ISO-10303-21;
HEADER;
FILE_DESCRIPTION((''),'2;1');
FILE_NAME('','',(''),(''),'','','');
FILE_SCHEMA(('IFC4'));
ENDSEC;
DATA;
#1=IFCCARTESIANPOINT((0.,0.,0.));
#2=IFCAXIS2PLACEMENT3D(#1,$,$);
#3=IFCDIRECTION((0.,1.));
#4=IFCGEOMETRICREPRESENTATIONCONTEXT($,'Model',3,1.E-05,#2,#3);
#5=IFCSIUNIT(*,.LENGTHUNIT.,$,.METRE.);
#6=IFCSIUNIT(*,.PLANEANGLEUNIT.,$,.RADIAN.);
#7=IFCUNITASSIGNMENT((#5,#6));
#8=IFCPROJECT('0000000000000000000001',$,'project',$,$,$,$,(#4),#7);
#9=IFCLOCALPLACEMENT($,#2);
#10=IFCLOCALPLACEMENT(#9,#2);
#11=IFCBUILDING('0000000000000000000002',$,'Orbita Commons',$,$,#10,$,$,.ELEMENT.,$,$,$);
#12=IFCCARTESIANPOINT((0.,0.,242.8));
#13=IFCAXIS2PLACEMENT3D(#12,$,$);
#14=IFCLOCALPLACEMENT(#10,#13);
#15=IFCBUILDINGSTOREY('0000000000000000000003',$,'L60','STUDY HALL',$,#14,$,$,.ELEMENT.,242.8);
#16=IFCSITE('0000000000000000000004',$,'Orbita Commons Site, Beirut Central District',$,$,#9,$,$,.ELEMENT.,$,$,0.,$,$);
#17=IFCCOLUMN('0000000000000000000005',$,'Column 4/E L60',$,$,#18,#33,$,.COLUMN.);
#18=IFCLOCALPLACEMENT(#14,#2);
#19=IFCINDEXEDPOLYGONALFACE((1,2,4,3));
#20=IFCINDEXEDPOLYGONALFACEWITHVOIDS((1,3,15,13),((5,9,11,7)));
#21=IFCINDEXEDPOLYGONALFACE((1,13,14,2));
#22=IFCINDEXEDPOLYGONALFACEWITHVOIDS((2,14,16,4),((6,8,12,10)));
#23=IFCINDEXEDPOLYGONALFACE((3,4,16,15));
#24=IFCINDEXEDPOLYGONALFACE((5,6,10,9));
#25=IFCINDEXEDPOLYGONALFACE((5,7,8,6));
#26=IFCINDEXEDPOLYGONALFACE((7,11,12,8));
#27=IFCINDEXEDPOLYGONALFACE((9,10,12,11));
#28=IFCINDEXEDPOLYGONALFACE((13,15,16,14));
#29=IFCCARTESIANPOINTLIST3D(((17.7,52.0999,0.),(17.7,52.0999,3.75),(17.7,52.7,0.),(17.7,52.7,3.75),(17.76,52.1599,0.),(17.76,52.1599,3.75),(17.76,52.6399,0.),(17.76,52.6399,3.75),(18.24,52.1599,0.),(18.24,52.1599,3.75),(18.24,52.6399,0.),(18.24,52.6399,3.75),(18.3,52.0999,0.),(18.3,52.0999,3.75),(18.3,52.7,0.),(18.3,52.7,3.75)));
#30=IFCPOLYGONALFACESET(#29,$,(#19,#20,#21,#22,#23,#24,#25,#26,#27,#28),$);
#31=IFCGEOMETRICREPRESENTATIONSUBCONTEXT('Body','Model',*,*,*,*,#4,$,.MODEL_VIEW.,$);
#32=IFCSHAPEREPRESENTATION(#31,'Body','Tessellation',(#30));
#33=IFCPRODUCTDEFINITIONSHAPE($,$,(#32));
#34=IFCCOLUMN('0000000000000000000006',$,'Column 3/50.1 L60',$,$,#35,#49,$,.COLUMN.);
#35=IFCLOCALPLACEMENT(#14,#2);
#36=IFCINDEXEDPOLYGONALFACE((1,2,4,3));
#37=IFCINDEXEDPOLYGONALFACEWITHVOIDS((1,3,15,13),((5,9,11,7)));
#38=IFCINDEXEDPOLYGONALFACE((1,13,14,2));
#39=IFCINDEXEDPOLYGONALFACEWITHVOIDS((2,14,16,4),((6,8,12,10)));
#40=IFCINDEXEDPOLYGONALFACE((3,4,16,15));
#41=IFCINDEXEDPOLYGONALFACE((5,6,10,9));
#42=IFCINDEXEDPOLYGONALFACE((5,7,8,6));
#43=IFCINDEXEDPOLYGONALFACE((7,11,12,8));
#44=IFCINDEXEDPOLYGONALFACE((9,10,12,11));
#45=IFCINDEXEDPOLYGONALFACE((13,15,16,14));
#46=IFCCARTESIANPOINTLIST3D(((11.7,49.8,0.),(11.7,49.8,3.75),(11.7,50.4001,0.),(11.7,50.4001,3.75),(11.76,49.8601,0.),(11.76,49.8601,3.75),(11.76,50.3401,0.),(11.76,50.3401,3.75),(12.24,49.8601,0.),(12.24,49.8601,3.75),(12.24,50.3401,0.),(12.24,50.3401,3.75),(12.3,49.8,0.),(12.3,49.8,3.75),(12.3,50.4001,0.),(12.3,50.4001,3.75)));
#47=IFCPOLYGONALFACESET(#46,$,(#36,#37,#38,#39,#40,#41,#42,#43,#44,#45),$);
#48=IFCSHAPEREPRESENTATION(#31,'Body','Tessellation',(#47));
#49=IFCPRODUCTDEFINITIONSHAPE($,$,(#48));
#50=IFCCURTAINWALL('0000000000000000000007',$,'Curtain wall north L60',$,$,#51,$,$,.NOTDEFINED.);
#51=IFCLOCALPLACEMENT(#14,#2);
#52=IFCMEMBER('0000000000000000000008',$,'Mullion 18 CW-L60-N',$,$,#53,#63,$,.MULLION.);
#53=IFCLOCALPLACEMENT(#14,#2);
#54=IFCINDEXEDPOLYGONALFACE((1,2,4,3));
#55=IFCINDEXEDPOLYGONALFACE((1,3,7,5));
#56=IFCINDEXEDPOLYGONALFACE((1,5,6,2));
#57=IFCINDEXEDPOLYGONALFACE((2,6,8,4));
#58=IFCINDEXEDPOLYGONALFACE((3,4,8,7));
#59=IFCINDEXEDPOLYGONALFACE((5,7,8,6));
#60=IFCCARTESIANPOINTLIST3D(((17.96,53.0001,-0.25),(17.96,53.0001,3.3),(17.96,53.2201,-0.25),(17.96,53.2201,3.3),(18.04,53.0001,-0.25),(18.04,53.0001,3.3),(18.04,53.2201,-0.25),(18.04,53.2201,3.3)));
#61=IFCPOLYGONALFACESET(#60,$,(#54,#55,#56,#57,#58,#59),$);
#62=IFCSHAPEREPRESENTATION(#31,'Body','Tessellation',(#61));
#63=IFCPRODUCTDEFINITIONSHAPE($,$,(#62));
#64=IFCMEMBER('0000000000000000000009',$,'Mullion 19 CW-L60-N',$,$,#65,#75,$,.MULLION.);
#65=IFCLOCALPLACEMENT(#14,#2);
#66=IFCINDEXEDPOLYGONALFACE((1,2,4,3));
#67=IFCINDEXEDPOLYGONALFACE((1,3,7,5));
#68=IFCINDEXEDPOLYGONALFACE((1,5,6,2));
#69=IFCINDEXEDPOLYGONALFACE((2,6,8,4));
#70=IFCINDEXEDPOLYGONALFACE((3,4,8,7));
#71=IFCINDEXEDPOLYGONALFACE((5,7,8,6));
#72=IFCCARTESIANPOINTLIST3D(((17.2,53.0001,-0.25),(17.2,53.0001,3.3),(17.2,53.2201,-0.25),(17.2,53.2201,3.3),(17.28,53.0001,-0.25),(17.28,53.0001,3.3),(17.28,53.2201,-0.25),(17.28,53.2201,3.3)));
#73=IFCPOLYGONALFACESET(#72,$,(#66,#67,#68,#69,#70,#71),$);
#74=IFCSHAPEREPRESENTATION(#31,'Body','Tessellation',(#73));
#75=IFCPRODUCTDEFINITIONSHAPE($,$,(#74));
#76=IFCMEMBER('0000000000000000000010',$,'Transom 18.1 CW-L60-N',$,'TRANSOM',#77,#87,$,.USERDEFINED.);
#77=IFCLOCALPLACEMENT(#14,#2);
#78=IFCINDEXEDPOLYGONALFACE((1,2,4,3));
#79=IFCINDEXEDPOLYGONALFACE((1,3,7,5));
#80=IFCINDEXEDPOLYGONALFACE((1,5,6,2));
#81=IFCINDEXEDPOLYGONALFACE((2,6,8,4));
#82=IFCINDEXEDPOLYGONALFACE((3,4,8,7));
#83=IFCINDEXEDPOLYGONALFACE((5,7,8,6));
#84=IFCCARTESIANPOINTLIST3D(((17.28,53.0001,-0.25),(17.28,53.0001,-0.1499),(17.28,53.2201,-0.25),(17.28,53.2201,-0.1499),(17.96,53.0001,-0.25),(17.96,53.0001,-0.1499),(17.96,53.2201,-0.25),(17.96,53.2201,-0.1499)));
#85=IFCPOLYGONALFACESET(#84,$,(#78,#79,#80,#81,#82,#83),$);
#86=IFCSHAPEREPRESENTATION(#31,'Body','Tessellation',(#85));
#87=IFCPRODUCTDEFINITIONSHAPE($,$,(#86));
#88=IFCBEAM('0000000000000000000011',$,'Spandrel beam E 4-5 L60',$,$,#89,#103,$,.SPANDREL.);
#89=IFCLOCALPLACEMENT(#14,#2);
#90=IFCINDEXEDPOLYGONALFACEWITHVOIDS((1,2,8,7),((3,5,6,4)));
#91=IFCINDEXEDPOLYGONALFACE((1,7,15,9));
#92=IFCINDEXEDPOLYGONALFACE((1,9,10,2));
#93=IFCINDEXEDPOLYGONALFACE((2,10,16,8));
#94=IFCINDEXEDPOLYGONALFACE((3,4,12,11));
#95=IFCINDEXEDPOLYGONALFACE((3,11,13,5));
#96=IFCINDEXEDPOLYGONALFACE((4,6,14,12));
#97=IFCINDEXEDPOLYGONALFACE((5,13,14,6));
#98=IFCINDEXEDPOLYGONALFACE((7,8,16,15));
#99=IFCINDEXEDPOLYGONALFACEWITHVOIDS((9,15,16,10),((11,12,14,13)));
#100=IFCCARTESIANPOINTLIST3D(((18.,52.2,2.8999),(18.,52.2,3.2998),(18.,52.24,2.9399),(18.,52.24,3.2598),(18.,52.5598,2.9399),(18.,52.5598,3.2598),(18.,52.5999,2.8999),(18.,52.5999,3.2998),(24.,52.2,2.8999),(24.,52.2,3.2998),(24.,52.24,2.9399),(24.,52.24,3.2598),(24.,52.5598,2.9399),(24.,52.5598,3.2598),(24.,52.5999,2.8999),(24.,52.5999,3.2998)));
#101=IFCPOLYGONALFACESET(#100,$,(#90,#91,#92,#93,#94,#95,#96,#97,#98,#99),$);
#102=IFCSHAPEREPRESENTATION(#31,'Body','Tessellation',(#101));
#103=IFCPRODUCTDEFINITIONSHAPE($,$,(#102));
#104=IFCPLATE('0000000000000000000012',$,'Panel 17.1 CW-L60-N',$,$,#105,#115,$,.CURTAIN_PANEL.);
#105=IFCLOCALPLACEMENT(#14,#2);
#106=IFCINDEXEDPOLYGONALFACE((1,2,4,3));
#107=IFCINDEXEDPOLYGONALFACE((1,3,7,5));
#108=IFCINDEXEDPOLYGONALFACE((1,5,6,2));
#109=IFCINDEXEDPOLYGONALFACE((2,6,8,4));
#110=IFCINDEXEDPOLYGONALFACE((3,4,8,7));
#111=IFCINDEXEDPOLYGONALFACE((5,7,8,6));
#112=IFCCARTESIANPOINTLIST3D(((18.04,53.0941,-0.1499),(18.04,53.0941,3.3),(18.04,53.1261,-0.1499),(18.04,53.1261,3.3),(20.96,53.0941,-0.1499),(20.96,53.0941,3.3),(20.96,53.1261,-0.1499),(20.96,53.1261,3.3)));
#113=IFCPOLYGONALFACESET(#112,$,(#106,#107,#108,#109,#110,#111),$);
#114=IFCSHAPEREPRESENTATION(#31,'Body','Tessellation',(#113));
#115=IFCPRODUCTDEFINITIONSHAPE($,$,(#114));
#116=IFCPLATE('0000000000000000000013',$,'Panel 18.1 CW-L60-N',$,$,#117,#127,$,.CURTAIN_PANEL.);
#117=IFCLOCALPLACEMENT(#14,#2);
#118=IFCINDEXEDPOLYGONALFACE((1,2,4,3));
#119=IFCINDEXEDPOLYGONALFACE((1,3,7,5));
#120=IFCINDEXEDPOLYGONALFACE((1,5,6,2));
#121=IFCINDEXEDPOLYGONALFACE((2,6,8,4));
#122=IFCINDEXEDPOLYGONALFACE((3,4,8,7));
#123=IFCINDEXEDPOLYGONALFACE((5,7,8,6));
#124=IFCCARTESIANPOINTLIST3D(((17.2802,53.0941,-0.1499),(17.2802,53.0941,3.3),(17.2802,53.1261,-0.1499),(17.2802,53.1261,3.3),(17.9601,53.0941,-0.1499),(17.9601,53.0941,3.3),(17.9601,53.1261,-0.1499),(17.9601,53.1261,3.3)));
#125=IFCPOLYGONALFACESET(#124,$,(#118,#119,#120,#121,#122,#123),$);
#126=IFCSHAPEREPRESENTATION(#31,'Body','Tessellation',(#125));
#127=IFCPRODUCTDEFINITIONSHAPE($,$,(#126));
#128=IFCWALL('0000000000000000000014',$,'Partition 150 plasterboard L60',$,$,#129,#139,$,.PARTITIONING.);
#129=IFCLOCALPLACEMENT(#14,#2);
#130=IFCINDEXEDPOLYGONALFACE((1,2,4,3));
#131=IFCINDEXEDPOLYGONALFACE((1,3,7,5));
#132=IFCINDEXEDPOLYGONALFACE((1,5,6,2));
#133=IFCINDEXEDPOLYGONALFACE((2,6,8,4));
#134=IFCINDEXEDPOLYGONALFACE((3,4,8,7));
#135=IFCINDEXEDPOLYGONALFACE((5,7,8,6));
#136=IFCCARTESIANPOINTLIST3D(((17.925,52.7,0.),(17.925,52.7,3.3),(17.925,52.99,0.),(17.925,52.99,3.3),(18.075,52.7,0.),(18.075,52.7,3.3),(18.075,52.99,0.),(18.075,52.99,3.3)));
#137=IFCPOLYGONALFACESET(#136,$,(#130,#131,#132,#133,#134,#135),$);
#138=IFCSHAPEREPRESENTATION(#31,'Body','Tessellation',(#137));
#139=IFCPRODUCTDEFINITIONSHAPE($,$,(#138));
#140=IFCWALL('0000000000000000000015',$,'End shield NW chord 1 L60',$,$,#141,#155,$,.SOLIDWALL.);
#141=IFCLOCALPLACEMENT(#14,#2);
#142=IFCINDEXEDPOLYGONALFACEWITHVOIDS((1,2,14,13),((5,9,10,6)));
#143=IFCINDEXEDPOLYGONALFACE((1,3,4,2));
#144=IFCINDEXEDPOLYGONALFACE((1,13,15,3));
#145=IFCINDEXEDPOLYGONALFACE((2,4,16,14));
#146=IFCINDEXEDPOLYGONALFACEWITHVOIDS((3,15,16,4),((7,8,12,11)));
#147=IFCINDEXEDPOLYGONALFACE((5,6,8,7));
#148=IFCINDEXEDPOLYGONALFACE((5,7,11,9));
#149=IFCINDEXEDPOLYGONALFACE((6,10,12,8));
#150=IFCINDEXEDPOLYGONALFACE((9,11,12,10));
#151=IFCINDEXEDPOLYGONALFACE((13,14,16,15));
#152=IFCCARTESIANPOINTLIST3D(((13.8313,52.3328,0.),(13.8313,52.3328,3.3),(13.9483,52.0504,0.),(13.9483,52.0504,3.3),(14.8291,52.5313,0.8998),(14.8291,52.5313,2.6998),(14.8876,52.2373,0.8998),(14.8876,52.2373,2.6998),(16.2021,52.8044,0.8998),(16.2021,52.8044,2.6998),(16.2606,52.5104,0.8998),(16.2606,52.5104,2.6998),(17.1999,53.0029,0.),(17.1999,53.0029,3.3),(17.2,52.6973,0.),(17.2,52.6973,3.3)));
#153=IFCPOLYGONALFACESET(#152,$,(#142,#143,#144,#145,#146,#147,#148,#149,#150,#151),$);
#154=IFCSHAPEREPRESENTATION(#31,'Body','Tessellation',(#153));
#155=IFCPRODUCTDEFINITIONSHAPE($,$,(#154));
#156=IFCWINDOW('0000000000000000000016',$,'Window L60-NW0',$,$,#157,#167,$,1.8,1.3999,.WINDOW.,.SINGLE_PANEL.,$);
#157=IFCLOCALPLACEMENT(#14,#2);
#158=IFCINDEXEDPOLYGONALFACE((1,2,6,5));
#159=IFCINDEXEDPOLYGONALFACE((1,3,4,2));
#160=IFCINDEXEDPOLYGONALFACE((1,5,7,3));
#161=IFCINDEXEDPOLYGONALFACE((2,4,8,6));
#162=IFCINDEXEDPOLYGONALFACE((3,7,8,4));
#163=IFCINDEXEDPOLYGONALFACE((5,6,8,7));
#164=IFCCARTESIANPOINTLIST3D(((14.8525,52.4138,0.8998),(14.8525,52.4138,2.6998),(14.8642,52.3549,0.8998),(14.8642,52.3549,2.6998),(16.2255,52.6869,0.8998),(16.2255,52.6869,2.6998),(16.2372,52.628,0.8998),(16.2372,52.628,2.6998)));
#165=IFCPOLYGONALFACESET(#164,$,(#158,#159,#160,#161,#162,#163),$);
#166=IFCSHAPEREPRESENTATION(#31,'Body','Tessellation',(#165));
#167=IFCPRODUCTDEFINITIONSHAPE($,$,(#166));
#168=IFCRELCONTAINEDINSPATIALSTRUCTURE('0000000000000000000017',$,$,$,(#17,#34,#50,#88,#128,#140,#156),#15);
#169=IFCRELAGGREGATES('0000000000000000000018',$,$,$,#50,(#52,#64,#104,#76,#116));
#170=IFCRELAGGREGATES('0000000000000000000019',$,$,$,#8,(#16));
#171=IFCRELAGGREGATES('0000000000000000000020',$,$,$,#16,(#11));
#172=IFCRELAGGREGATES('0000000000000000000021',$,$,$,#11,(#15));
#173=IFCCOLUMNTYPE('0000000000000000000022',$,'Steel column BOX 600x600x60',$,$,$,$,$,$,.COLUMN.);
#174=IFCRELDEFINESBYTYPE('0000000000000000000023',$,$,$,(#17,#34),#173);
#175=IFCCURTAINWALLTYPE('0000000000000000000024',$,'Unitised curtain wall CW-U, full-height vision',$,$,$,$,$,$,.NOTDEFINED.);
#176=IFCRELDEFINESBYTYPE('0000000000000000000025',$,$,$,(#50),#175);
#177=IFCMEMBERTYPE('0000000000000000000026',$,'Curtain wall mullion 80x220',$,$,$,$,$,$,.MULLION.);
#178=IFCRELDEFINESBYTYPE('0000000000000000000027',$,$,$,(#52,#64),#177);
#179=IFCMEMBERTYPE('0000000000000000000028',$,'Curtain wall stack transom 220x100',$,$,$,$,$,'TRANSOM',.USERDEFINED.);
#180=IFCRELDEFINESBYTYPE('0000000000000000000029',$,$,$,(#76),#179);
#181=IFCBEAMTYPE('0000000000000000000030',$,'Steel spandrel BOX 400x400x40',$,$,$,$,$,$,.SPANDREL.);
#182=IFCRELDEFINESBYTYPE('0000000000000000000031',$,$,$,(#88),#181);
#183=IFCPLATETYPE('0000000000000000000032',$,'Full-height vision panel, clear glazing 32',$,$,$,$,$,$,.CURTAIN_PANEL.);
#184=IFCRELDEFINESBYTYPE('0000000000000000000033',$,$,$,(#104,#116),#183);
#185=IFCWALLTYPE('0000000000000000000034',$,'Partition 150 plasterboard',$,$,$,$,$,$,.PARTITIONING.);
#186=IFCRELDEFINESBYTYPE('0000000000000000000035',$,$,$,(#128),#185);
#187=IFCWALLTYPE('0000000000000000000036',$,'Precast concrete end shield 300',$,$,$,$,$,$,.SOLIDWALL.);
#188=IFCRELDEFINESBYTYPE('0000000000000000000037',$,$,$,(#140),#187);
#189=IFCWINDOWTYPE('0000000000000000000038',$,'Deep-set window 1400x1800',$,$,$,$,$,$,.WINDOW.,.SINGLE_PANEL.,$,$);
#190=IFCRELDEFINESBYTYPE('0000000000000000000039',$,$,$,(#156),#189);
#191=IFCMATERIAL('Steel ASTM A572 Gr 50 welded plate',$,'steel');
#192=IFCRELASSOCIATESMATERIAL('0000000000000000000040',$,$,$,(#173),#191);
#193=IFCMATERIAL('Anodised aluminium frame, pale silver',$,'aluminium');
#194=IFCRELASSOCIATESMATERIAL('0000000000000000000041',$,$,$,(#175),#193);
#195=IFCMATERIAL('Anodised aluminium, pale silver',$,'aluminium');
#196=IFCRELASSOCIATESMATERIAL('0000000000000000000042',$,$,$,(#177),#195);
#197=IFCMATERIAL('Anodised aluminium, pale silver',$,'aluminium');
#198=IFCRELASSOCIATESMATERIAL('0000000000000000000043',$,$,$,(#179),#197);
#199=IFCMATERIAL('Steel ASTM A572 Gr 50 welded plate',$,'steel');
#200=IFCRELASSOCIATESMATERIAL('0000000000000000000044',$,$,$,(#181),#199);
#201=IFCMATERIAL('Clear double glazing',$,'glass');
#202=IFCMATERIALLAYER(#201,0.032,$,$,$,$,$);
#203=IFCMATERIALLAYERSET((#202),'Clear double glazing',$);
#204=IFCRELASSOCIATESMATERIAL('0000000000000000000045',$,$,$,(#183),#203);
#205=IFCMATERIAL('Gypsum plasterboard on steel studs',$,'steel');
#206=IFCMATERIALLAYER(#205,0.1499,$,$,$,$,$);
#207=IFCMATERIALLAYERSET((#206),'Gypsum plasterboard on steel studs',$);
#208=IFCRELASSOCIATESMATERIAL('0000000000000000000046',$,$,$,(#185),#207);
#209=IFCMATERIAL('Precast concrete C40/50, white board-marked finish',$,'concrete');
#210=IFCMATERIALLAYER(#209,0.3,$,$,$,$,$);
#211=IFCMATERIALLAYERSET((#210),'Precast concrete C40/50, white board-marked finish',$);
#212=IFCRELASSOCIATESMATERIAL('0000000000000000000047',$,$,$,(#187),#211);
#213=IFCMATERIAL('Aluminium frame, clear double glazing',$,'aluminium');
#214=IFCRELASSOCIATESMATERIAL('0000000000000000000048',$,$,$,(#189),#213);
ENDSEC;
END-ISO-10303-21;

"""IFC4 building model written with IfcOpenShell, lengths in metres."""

from ifc_helpers import new_model, si_unit, direction, frame, frame_2d, origin, origin_2d, place, context, subcontext, project, spatial, polyline, rectangle, hollow_rectangle, outline, extrude, material, layer, layer_set, material_profile, profile_set, type_object, element, fill, aggregate, save


model = new_model("IFC4")

# Units and contexts
model_context = context("Model", 3, precision=1e-05, world=origin(), true_north=direction((0.0, 1.0)))
body_context = subcontext(model_context, "Body", "Model", "MODEL_VIEW")
ifc_project = project(units=[si_unit("LENGTHUNIT", "METRE"), si_unit("PLANEANGLEUNIT", "RADIAN")], contexts=[model_context])

# Site, building, storey
site_placement = place(None, origin())
site = spatial("IfcSite", under=ifc_project, at=site_placement, Name="Orbita Commons Site, Beirut Central District", CompositionType="ELEMENT", RefElevation=0.0)
building_placement = place(site_placement, origin())
building = spatial("IfcBuilding", under=site, at=building_placement, Name="Orbita Commons", CompositionType="ELEMENT")
storey_placement = place(building_placement, frame((0.0, 0.0, 242.8)))
storey = spatial("IfcBuildingStorey", under=building, at=storey_placement, Name="L60", Description="STUDY HALL", CompositionType="ELEMENT", Elevation=242.8)

# Columns
ifc_material_1 = material(Name="Steel ASTM A572 Gr 50 welded plate", Category="steel")
ifc_material_profile_1 = material_profile(ifc_material_1, hollow_rectangle(XDim=0.6001, YDim=0.6001, WallThickness=0.0601, at=origin_2d()), Name="BOX 600x600x60")
ifc_profile_set_1 = profile_set([ifc_material_profile_1], Name="Steel ASTM A572 Gr 50 welded plate")
column_type = type_object("IfcColumnType", Name="Steel column BOX 600x600x60", PredefinedType="COLUMN", material=ifc_profile_set_1)
for number, where, z_axis, x_axis, name in (
    (1, (18.0, 52.3999, 0.0), (0.0, 0.0, 1.0), (1.0, 0.0, 0.0), "Column 4/E L60"),
    (2, (12.0, 50.1001, 0.0), (0.0, 0.0, 1.0), (1.0, 0.0, 0.0), "Column 3/50.1 L60"),
):
    element("IfcColumn", number, at=place(storey_placement, frame(where, z_axis=z_axis, x_axis=x_axis)), inside=storey, type_object=column_type, Name=name, PredefinedType="COLUMN", context=body_context, shape_type="SweptSolid", body=[
        extrude(hollow_rectangle(XDim=0.6001, YDim=0.6001, WallThickness=0.0601, at=origin_2d()), origin(), (0.0, 0.0, 1.0), 3.75),
    ])

# Curtain wall, members
ifc_material_2 = material(Name="Anodised aluminium frame, pale silver", Category="aluminium")
curtain_wall_type = type_object("IfcCurtainWallType", Name="Unitised curtain wall CW-U, full-height vision", PredefinedType="NOTDEFINED", material=ifc_material_2)
curtain_wall_placement = place(storey_placement, origin())
curtain_wall = element("IfcCurtainWall", 3, at=curtain_wall_placement, inside=storey, type_object=curtain_wall_type, Name="Curtain wall north L60", PredefinedType="NOTDEFINED")
ifc_material_3 = material(Name="Anodised aluminium, pale silver", Category="aluminium")
ifc_material_profile_2 = material_profile(ifc_material_3, rectangle(XDim=0.0801, YDim=0.22, at=origin_2d()), Name="AL 80x220")
ifc_profile_set_2 = profile_set([ifc_material_profile_2], Name="Anodised aluminium, pale silver")
member_type_1 = type_object("IfcMemberType", Name="Curtain wall mullion 80x220", PredefinedType="MULLION", material=ifc_profile_set_2)
member_1_placement = place(storey_placement, frame((18.0, 53.1101, -0.25), z_axis=(0.0, 0.0, 1.0), x_axis=(-1.0, 0.0, 0.0)))
member_1 = element("IfcMember", 4, at=member_1_placement, type_object=member_type_1, Name="Mullion 18 CW-L60-N", PredefinedType="MULLION", context=body_context, shape_type="SweptSolid", body=[
    extrude(rectangle(XDim=0.0801, YDim=0.22, at=origin_2d()), origin(), (0.0, 0.0, 1.0), 3.55),
])
member_2_placement = place(storey_placement, frame((17.24, 53.1101, -0.25), z_axis=(0.0, 0.0, 1.0), x_axis=(-1.0, 0.0, 0.0)))
member_2 = element("IfcMember", 5, at=member_2_placement, type_object=member_type_1, Name="Mullion 19 CW-L60-N", PredefinedType="MULLION", context=body_context, shape_type="SweptSolid", body=[
    extrude(rectangle(XDim=0.0801, YDim=0.22, at=origin_2d()), origin(), (0.0, 0.0, 1.0), 3.55),
])
ifc_material_4 = material(Name="Anodised aluminium, pale silver", Category="aluminium")
ifc_material_profile_3 = material_profile(ifc_material_4, rectangle(XDim=0.22, YDim=0.1001, at=origin_2d()), Name="AL 220x100")
ifc_profile_set_3 = profile_set([ifc_material_profile_3], Name="Anodised aluminium, pale silver")
member_type_2 = type_object("IfcMemberType", Name="Curtain wall stack transom 220x100", ElementType="TRANSOM", PredefinedType="USERDEFINED", material=ifc_profile_set_3)
member_3_placement = place(storey_placement, frame((17.96, 53.1101, -0.2), z_axis=(-1.0, 0.0, 0.0), x_axis=(0.0, -1.0, 0.0)))
member_3 = element("IfcMember", 6, at=member_3_placement, type_object=member_type_2, Name="Transom 18.1 CW-L60-N", ObjectType="TRANSOM", PredefinedType="USERDEFINED", context=body_context, shape_type="SweptSolid", body=[
    extrude(rectangle(XDim=0.22, YDim=0.1001, at=origin_2d()), origin(), (0.0, 0.0, 1.0), 0.6799),
])

# Beam
ifc_material_5 = material(Name="Steel ASTM A572 Gr 50 welded plate", Category="steel")
ifc_material_profile_4 = material_profile(ifc_material_5, hollow_rectangle(XDim=0.3999, YDim=0.3999, WallThickness=0.04, at=origin_2d()), Name="BOX 400x400x40")
ifc_profile_set_4 = profile_set([ifc_material_profile_4], Name="Steel ASTM A572 Gr 50 welded plate")
beam_type = type_object("IfcBeamType", Name="Steel spandrel BOX 400x400x40", PredefinedType="SPANDREL", material=ifc_profile_set_4)
beam_placement = place(storey_placement, frame((18.0, 52.3999, 3.0999), z_axis=(1.0, 0.0, 0.0), x_axis=(0.0, 1.0, 0.0)))
element("IfcBeam", 7, at=beam_placement, inside=storey, type_object=beam_type, Name="Spandrel beam E 4-5 L60", PredefinedType="SPANDREL", context=body_context, shape_type="SweptSolid", body=[
    extrude(hollow_rectangle(XDim=0.3999, YDim=0.3999, WallThickness=0.04, at=origin_2d()), origin(), (0.0, 0.0, 1.0), 6.0),
])

# Plates
ifc_material_6 = material(Name="Clear double glazing", Category="glass")
ifc_layer_1 = layer(ifc_material_6, 0.032)
ifc_layer_set_1 = layer_set([ifc_layer_1], Name="Clear double glazing")
plate_type = type_object("IfcPlateType", Name="Full-height vision panel, clear glazing 32", PredefinedType="CURTAIN_PANEL", material=ifc_layer_set_1)
plate_1_placement = place(storey_placement, frame((19.5, 53.1101, -0.1499), z_axis=(0.0, 0.0, 1.0), x_axis=(-1.0, 0.0, 0.0)))
plate_1 = element("IfcPlate", 8, at=plate_1_placement, type_object=plate_type, Name="Panel 17.1 CW-L60-N", PredefinedType="CURTAIN_PANEL", context=body_context, shape_type="SweptSolid", body=[
    extrude(rectangle(XDim=2.9199, YDim=0.032, at=origin_2d()), origin(), (0.0, 0.0, 1.0), 3.45),
])
plate_2_placement = place(storey_placement, frame((17.6201, 53.1101, -0.1499), z_axis=(0.0, 0.0, 1.0), x_axis=(-1.0, 0.0, 0.0)))
plate_2 = element("IfcPlate", 9, at=plate_2_placement, type_object=plate_type, Name="Panel 18.1 CW-L60-N", PredefinedType="CURTAIN_PANEL", context=body_context, shape_type="SweptSolid", body=[
    extrude(rectangle(XDim=0.6799, YDim=0.032, at=origin_2d()), origin(), (0.0, 0.0, 1.0), 3.45),
])
aggregate(curtain_wall, [member_1, member_2, plate_1, member_3, plate_2])

# Wall
ifc_material_7 = material(Name="Gypsum plasterboard on steel studs", Category="steel")
ifc_layer_2 = layer(ifc_material_7, 0.1499)
ifc_layer_set_2 = layer_set([ifc_layer_2], Name="Gypsum plasterboard on steel studs")
wall_type_1 = type_object("IfcWallType", Name="Partition 150 plasterboard", PredefinedType="PARTITIONING", material=ifc_layer_set_2)
wall_1_placement = place(storey_placement, frame((18.0, 52.7, 0.0), z_axis=(0.0, 0.0, 1.0), x_axis=(0.0, 1.0, 0.0)))
element("IfcWall", 10, at=wall_1_placement, inside=storey, type_object=wall_type_1, Name="Partition 150 plasterboard L60", PredefinedType="PARTITIONING", context=body_context, shape_type="SweptSolid", body=[
    extrude(rectangle(XDim=0.29, YDim=0.1499, at=frame_2d((0.145, 0.0))), origin(), (0.0, 0.0, 1.0), 3.3),
])

# Wall, opening, window
ifc_material_8 = material(Name="Precast concrete C40/50, white board-marked finish", Category="concrete")
ifc_layer_3 = layer(ifc_material_8, 0.3)
ifc_layer_set_3 = layer_set([ifc_layer_3], Name="Precast concrete C40/50, white board-marked finish")
wall_type_2 = type_object("IfcWallType", Name="Precast concrete end shield 300", PredefinedType="SOLIDWALL", material=ifc_layer_set_3)
wall_2_placement = place(storey_placement, frame((17.2, 52.8501, 0.0), z_axis=(0.0, 0.0, 1.0), x_axis=(-0.980783, -0.1951, 0.0)))
wall_2 = element("IfcWall", 11, at=wall_2_placement, inside=storey, type_object=wall_type_2, Name="End shield NW chord 1 L60", PredefinedType="SOLIDWALL", context=body_context, shape_type="SweptSolid", body=[
    extrude(outline(polyline([(-0.0298, -0.1499), (3.4048, -0.1499), (3.3452, 0.1499), (0.0298, 0.1499), (-0.0298, -0.1499)])), origin(), (0.0, 0.0, 1.0), 3.3),
])
opening_1_placement = place(wall_2_placement, frame((0.9875, 0.0, 0.8999)))
opening_1 = element("IfcOpeningElement", 12, at=opening_1_placement, cuts=wall_2, PredefinedType="OPENING", context=body_context, shape_type="SweptSolid", body=[
    extrude(rectangle(XDim=1.3999, YDim=1.8, at=frame_2d((0.7, 0.8999))), frame((0.0, 0.1599, 0.0), z_axis=(0.0, -1.0, 0.0), x_axis=(1.0, 0.0, 0.0)), (0.0, 0.0, 1.0), 0.3201),
])
ifc_material_9 = material(Name="Aluminium frame, clear double glazing", Category="aluminium")
window_type = type_object("IfcWindowType", Name="Deep-set window 1400x1800", PartitioningType="SINGLE_PANEL", PredefinedType="WINDOW", material=ifc_material_9)
window_1_placement = place(opening_1_placement, origin())
window_1 = element("IfcWindow", 13, at=window_1_placement, inside=storey, type_object=window_type, Name="Window L60-NW0", OverallHeight=1.8, OverallWidth=1.3999, PartitioningType="SINGLE_PANEL", PredefinedType="WINDOW", context=body_context, shape_type="SweptSolid", body=[
    extrude(rectangle(XDim=1.3999, YDim=1.8, at=frame_2d((0.7, 0.8999))), frame((0.0, 0.03, 0.0), z_axis=(0.0, -1.0, 0.0), x_axis=(1.0, 0.0, 0.0)), (0.0, 0.0, 1.0), 0.0601),
])
fill(opening_1, window_1)

save(model, "model.ifc")
